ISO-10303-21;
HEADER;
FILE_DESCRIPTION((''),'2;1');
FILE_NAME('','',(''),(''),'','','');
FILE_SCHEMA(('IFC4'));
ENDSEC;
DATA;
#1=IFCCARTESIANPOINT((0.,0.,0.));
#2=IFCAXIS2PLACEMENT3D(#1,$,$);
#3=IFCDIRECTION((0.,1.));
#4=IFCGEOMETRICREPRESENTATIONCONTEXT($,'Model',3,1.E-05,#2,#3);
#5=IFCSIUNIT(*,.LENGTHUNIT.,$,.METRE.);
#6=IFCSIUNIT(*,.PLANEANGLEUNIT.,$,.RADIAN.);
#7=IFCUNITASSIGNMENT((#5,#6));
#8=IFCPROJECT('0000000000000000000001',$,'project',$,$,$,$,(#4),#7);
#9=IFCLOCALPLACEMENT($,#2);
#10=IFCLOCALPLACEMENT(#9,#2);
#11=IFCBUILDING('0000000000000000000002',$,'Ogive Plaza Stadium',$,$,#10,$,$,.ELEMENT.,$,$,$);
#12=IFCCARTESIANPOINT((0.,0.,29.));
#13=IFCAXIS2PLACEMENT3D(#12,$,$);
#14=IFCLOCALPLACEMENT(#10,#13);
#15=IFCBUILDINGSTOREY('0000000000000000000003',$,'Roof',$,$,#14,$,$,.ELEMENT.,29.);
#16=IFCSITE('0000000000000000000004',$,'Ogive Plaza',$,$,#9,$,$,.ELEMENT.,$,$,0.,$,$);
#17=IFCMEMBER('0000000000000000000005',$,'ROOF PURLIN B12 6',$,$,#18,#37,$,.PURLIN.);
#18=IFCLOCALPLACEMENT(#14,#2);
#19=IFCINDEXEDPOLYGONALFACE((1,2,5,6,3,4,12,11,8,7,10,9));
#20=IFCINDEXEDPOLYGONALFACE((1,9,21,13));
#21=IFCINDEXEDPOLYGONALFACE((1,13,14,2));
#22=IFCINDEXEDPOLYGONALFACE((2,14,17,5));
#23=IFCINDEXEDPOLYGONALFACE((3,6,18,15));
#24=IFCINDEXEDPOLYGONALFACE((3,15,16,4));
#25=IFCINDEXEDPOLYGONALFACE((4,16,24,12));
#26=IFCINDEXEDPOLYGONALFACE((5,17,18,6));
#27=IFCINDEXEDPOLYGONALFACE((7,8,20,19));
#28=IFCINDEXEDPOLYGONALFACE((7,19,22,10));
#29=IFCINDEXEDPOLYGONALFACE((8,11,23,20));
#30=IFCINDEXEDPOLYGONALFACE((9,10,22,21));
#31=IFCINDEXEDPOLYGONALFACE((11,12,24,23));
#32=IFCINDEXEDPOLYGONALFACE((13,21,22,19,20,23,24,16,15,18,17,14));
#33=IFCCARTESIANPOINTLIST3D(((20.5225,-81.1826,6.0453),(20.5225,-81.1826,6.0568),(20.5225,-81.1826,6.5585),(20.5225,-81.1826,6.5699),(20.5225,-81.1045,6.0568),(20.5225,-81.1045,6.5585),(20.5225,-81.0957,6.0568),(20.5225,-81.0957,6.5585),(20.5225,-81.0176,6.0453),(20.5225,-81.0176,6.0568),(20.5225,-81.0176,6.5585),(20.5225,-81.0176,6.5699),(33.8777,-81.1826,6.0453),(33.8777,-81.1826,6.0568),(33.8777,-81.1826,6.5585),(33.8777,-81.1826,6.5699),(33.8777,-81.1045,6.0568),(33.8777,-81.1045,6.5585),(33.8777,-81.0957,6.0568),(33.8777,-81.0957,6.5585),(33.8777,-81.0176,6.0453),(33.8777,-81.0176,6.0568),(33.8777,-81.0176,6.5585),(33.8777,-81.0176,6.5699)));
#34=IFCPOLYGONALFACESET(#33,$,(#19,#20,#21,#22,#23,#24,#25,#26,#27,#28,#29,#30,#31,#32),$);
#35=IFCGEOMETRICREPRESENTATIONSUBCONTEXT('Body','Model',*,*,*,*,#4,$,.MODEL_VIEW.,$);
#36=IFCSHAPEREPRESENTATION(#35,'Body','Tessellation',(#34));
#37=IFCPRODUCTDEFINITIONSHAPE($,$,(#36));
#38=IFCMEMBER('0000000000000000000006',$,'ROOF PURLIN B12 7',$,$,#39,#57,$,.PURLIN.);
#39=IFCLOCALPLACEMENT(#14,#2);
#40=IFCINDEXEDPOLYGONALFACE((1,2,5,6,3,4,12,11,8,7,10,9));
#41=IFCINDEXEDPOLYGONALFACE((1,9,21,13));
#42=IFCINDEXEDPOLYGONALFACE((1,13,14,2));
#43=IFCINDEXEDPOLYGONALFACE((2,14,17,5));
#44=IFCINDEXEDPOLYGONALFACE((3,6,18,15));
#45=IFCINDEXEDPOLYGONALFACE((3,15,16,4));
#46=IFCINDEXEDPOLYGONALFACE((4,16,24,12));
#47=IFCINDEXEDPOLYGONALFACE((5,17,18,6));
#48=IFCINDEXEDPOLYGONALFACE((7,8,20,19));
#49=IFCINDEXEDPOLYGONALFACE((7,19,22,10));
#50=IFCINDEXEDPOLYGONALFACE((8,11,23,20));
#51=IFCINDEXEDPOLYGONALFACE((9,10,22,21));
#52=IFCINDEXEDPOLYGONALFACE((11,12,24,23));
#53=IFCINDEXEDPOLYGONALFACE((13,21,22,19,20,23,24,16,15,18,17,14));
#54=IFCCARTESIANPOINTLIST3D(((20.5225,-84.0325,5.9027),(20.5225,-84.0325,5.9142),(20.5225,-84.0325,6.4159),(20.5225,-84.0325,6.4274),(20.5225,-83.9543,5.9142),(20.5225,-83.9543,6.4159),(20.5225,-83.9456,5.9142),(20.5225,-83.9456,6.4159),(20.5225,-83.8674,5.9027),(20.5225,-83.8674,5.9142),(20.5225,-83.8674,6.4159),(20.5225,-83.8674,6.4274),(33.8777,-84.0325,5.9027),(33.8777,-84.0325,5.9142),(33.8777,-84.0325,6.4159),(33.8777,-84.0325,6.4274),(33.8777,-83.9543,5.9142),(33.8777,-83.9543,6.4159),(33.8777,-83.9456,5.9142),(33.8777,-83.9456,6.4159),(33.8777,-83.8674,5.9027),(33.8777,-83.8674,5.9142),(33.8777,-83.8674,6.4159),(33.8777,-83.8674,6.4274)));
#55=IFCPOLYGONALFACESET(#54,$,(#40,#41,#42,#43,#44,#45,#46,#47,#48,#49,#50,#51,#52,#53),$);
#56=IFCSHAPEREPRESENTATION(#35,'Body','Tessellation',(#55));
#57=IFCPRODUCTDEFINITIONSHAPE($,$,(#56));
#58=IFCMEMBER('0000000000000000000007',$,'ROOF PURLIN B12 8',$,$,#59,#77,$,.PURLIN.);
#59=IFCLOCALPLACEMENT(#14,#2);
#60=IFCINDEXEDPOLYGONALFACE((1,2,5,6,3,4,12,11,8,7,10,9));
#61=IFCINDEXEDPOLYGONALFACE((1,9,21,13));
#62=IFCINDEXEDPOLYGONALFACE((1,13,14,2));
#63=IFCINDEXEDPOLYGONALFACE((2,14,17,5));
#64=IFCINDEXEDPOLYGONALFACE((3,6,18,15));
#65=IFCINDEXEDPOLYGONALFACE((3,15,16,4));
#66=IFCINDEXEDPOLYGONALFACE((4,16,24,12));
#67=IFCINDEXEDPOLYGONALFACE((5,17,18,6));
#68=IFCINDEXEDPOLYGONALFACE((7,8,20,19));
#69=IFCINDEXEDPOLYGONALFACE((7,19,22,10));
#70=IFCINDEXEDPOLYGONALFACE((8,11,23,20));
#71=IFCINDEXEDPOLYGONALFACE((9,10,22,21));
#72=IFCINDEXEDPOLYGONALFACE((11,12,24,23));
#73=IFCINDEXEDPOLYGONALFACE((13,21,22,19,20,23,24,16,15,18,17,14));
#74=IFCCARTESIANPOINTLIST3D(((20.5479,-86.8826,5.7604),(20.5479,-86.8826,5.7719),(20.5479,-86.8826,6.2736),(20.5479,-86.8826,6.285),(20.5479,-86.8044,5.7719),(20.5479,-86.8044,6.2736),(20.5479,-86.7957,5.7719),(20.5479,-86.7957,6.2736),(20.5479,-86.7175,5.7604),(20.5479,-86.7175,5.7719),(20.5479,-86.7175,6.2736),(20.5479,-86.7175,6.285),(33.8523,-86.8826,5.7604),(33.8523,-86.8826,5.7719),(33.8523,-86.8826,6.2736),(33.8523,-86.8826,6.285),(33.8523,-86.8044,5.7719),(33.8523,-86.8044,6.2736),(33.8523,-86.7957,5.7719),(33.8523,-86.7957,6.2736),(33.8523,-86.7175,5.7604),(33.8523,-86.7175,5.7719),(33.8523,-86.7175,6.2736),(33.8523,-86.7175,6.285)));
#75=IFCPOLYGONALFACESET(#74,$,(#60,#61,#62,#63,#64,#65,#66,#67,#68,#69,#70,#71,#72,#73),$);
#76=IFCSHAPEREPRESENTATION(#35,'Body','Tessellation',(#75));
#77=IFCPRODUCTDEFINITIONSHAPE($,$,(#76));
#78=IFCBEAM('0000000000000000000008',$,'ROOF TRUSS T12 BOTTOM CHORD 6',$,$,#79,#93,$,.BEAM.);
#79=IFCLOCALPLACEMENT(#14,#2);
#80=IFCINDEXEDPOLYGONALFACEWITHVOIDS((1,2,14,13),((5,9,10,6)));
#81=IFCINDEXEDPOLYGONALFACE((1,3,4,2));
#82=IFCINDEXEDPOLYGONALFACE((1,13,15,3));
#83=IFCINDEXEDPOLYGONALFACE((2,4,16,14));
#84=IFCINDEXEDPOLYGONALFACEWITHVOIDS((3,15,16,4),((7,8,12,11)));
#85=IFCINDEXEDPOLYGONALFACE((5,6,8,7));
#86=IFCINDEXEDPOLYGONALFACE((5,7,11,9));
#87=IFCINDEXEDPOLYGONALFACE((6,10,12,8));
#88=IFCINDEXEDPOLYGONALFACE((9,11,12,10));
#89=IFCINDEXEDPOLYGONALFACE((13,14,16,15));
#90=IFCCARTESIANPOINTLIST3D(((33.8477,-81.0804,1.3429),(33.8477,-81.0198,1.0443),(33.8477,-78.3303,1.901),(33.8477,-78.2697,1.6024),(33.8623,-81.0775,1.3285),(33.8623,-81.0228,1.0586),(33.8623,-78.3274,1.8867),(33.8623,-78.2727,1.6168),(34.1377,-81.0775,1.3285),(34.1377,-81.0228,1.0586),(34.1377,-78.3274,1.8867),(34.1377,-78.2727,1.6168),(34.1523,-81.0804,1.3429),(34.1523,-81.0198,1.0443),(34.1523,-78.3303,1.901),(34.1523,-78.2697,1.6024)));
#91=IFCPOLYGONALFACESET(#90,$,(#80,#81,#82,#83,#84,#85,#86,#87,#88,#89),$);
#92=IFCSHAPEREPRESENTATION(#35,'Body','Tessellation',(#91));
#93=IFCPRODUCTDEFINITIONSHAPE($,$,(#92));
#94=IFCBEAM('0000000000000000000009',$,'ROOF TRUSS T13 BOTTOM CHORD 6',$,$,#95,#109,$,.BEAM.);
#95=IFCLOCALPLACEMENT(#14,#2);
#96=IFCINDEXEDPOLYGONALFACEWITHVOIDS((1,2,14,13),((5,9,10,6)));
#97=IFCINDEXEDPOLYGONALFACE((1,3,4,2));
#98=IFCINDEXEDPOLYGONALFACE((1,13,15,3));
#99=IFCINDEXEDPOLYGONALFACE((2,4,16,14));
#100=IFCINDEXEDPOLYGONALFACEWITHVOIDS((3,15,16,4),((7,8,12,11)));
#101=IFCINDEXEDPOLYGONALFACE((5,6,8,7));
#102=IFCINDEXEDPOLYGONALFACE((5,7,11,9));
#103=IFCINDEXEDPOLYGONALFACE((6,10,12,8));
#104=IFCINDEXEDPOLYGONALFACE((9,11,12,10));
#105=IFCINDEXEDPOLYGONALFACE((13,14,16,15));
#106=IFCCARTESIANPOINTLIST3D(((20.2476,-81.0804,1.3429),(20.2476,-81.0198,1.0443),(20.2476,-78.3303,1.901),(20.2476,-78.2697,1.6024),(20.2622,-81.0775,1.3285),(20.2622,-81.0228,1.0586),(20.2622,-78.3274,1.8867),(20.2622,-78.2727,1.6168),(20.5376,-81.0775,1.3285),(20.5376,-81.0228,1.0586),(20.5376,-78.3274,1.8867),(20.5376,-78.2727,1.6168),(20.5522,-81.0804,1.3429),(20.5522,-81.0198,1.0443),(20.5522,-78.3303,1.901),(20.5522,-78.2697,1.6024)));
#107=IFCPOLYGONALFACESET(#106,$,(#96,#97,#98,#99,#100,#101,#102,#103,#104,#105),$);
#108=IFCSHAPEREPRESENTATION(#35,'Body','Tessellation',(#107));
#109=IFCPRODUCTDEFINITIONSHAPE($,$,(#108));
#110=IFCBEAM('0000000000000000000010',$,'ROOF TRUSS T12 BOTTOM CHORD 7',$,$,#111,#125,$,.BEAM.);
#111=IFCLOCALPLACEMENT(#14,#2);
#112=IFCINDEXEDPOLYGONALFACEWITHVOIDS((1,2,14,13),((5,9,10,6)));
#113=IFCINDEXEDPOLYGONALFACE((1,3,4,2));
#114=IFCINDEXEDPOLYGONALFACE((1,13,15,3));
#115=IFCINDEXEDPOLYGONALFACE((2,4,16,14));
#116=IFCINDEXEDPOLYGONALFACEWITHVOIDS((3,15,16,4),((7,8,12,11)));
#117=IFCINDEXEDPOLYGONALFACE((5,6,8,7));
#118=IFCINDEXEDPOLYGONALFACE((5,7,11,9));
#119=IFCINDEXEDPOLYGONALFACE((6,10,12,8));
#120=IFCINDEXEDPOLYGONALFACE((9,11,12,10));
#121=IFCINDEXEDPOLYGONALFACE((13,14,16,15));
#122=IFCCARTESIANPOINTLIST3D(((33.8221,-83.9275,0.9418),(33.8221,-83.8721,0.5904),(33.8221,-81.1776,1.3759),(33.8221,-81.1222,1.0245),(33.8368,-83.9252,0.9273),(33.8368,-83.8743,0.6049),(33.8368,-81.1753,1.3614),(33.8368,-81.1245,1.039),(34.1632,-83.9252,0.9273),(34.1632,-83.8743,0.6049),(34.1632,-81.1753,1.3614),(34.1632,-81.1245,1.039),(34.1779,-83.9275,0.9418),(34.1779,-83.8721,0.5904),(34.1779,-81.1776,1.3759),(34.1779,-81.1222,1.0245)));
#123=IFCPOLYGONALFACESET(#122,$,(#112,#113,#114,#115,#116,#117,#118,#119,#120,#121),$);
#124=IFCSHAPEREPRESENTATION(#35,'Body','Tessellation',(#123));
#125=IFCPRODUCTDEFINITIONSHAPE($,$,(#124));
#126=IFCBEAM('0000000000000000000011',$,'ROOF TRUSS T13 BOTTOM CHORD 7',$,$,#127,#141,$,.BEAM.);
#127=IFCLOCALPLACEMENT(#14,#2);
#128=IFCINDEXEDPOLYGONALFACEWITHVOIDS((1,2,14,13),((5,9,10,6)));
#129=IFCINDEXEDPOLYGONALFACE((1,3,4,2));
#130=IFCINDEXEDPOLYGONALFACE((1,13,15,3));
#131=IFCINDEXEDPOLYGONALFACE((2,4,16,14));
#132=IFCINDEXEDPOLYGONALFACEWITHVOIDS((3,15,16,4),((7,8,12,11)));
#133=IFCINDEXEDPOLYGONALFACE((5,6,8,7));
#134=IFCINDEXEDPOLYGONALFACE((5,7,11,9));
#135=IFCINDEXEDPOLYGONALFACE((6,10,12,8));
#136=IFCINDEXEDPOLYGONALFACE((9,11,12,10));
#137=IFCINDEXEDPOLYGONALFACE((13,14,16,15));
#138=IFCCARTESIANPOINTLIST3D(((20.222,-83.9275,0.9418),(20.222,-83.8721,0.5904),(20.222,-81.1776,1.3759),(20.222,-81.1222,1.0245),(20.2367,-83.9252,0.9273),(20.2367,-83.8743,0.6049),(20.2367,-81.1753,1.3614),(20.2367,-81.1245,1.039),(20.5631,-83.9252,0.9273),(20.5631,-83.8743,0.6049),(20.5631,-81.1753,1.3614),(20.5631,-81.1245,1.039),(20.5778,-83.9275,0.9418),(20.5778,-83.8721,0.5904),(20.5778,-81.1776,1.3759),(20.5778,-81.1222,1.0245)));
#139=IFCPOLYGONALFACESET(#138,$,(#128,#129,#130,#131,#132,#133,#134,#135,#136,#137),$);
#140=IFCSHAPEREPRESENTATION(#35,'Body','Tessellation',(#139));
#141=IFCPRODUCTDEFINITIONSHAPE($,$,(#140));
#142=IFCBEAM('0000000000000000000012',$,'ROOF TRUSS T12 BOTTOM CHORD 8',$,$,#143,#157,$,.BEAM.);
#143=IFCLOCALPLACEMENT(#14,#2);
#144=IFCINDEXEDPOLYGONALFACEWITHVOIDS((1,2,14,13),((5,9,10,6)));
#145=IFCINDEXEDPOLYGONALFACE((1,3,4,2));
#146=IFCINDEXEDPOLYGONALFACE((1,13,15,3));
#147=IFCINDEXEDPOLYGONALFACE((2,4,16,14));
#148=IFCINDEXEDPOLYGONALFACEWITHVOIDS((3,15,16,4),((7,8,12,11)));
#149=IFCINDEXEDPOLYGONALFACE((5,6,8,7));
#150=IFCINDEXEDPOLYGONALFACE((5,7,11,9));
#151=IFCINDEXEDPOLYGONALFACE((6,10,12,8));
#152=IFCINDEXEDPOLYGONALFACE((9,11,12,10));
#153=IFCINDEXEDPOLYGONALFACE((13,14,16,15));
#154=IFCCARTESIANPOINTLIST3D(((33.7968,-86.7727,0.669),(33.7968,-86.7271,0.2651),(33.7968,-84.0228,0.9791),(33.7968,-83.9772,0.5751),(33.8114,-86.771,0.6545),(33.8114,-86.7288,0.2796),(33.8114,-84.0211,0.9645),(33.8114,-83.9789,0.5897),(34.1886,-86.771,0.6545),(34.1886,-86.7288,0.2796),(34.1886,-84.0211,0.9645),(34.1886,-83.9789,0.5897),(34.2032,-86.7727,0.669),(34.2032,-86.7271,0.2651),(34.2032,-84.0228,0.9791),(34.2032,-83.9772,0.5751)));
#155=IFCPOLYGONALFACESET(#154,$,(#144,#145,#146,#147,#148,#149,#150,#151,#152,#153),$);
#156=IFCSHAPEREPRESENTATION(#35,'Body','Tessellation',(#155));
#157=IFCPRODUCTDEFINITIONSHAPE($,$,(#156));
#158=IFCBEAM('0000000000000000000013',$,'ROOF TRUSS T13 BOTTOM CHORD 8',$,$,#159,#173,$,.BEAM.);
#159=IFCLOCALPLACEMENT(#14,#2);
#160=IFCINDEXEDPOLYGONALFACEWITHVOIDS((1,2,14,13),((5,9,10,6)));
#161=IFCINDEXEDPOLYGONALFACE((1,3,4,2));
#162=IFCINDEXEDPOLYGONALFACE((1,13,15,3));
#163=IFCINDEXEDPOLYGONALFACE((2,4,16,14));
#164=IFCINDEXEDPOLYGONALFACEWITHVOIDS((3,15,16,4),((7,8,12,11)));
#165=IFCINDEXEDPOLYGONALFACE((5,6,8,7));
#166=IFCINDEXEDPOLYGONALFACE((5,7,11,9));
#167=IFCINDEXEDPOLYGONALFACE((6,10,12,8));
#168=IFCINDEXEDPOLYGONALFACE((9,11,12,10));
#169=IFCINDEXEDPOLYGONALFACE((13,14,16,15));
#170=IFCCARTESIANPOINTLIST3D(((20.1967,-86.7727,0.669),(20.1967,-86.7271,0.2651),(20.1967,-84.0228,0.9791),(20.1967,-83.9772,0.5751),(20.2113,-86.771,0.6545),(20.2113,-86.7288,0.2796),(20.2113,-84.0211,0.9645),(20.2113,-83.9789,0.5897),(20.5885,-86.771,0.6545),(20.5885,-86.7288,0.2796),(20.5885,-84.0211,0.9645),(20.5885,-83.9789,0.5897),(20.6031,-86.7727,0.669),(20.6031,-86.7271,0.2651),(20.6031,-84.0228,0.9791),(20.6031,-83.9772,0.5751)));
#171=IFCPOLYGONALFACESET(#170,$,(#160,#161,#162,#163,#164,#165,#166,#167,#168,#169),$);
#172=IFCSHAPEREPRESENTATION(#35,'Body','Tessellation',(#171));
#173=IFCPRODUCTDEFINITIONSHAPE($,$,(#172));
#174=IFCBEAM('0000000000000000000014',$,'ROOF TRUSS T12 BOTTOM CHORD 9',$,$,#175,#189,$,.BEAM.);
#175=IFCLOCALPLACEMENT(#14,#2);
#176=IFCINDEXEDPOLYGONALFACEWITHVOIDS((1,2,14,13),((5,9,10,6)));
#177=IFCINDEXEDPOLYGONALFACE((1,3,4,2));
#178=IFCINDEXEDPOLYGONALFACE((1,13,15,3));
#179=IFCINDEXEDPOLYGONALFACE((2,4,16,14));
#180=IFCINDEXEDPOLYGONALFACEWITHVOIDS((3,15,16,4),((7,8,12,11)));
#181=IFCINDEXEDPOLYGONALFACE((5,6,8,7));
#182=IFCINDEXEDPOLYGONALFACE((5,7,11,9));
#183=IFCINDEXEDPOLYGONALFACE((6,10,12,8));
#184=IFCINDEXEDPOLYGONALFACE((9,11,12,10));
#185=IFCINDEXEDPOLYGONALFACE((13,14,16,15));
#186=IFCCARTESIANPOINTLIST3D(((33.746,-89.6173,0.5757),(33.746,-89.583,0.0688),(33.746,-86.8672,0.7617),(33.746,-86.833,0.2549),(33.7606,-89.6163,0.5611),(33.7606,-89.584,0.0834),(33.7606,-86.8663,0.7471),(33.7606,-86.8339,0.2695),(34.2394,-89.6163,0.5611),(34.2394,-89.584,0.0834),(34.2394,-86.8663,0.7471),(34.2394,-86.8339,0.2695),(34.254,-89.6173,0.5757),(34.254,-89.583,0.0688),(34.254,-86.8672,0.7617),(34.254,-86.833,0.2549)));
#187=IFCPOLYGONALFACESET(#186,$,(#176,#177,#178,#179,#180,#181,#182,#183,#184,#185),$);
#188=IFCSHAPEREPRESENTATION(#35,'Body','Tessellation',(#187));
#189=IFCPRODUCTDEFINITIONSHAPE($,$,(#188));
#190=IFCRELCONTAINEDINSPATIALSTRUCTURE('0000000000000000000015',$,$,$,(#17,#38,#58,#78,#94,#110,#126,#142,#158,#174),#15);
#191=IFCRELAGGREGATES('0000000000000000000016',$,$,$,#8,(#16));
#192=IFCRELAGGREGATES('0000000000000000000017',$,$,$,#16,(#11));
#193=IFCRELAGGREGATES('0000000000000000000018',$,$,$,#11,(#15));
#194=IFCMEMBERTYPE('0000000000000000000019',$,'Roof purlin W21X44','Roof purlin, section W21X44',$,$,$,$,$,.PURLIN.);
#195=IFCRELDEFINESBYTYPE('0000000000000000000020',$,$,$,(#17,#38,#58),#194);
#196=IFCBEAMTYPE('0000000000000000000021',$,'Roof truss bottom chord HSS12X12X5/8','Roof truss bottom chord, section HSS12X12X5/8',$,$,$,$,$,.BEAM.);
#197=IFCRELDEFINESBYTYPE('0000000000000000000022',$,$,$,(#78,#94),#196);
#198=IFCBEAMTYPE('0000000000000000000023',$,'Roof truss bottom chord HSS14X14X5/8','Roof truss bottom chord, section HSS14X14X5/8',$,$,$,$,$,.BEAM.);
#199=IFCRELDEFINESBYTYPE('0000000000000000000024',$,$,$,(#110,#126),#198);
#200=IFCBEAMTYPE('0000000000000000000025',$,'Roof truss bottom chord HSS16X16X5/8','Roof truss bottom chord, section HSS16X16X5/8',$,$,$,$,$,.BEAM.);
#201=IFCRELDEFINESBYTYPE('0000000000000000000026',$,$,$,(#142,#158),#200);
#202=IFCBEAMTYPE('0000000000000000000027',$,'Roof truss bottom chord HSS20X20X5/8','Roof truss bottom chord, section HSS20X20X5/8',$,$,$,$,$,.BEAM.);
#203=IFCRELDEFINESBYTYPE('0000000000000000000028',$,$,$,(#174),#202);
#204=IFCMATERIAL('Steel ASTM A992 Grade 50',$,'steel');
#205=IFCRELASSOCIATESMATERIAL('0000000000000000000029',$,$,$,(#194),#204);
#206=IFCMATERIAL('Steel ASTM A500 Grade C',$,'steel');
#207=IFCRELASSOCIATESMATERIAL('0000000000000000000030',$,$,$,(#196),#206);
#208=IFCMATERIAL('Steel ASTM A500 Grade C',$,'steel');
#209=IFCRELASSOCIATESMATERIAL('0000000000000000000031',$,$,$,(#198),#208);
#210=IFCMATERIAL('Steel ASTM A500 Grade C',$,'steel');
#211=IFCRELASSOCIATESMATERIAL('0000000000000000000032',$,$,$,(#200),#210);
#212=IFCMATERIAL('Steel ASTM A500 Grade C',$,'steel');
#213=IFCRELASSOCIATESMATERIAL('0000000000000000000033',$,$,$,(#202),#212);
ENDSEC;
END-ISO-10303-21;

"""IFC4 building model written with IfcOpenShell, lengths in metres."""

from ifc_helpers import new_model, si_unit, direction, frame, origin, origin_2d, place, context, subcontext, project, spatial, hollow_rectangle, i_section, extrude, material, material_profile, profile_set, type_object, element, save


model = new_model("IFC4")

# Units and contexts
model_context = context("Model", 3, precision=1e-05, world=origin(), true_north=direction((0.0, 1.0)))
body_context = subcontext(model_context, "Body", "Model", "MODEL_VIEW")
ifc_project = project(units=[si_unit("LENGTHUNIT", "METRE"), si_unit("PLANEANGLEUNIT", "RADIAN")], contexts=[model_context])

# Site, building, storey
site_placement = place(None, origin())
site = spatial("IfcSite", under=ifc_project, at=site_placement, Name="Ogive Plaza", CompositionType="ELEMENT", RefElevation=0.0)
building_placement = place(site_placement, origin())
building = spatial("IfcBuilding", under=site, at=building_placement, Name="Ogive Plaza Stadium", CompositionType="ELEMENT")
storey_placement = place(building_placement, frame((0.0, 0.0, 29.0)))
storey = spatial("IfcBuildingStorey", under=building, at=storey_placement, Name="Roof", CompositionType="ELEMENT", Elevation=29.0)

# Members
ifc_material_1 = material(Name="Steel ASTM A992 Grade 50", Category="steel")
ifc_material_profile_1 = material_profile(ifc_material_1, i_section(OverallWidth=0.165, OverallDepth=0.5247, WebThickness=0.0088, FlangeThickness=0.0115, at=origin_2d()), Name="W21X44")
ifc_profile_set_1 = profile_set([ifc_material_profile_1], Name="Steel ASTM A992 Grade 50")
member_type_1 = type_object("IfcMemberType", Name="Roof purlin W21X44", Description="Roof purlin, section W21X44", PredefinedType="PURLIN", material=ifc_profile_set_1)
for number, where, z_axis, x_axis, name in (
    (1, (33.8777, -81.1001, 6.3076), (-1.0, 0.0, 0.0), (0.0, -1.0, 0.0), "ROOF PURLIN B12 6"),
    (2, (33.8777, -83.95, 6.165), (-1.0, 0.0, 0.0), (0.0, -1.0, 0.0), "ROOF PURLIN B12 7"),
):
    element("IfcMember", number, at=place(storey_placement, frame(where, z_axis=z_axis, x_axis=x_axis)), inside=storey, type_object=member_type_1, Name=name, PredefinedType="PURLIN", context=body_context, shape_type="SweptSolid", body=[
        extrude(i_section(OverallWidth=0.165, OverallDepth=0.5247, WebThickness=0.0088, FlangeThickness=0.0115, at=origin_2d()), origin(), (0.0, 0.0, 1.0), 13.3552),
    ])
member_1_placement = place(storey_placement, frame((33.8523, -86.8, 6.0227), z_axis=(-1.0, 0.0, 0.0), x_axis=(0.0, -1.0, 0.0)))
element("IfcMember", 3, at=member_1_placement, inside=storey, type_object=member_type_1, Name="ROOF PURLIN B12 8", PredefinedType="PURLIN", context=body_context, shape_type="SweptSolid", body=[
    extrude(i_section(OverallWidth=0.165, OverallDepth=0.5247, WebThickness=0.0088, FlangeThickness=0.0115, at=origin_2d()), origin(), (0.0, 0.0, 1.0), 13.3044),
])

# Beams
ifc_material_2 = material(Name="Steel ASTM A500 Grade C", Category="steel")
ifc_material_profile_2 = material_profile(ifc_material_2, hollow_rectangle(XDim=0.3047, YDim=0.3047, WallThickness=0.0146, at=origin_2d()), Name="HSS12X12X5/8")
ifc_profile_set_2 = profile_set([ifc_material_profile_2], Name="Steel ASTM A500 Grade C")
beam_type_1 = type_object("IfcBeamType", Name="Roof truss bottom chord HSS12X12X5/8", Description="Roof truss bottom chord, section HSS12X12X5/8", PredefinedType="BEAM", material=ifc_profile_set_2)
for number, where, z_axis, x_axis, name in (
    (4, (34.0, -78.3, 1.7517), (0.0, -0.980021, -0.198893), (1.0, 0.0, 0.0), "ROOF TRUSS T12 BOTTOM CHORD 6"),
    (5, (20.3999, -78.3, 1.7517), (0.0, -0.980021, -0.198893), (1.0, 0.0, 0.0), "ROOF TRUSS T13 BOTTOM CHORD 6"),
):
    element("IfcBeam", number, at=place(storey_placement, frame(where, z_axis=z_axis, x_axis=x_axis)), inside=storey, type_object=beam_type_1, Name=name, PredefinedType="BEAM", context=body_context, shape_type="SweptSolid", body=[
        extrude(hollow_rectangle(XDim=0.3047, YDim=0.3047, WallThickness=0.0146, at=origin_2d()), origin(), (0.0, 0.0, 1.0), 2.8062),
    ])
ifc_material_3 = material(Name="Steel ASTM A500 Grade C", Category="steel")
ifc_material_profile_3 = material_profile(ifc_material_3, hollow_rectangle(XDim=0.3557, YDim=0.3557, WallThickness=0.0146, at=origin_2d()), Name="HSS14X14X5/8")
ifc_profile_set_3 = profile_set([ifc_material_profile_3], Name="Steel ASTM A500 Grade C")
beam_type_2 = type_object("IfcBeamType", Name="Roof truss bottom chord HSS14X14X5/8", Description="Roof truss bottom chord, section HSS14X14X5/8", PredefinedType="BEAM", material=ifc_profile_set_3)
for number, where, z_axis, x_axis, name in (
    (6, (34.0, -81.1499, 1.2002), (0.0, -0.98777, -0.155918), (1.0, 0.0, 0.0), "ROOF TRUSS T12 BOTTOM CHORD 7"),
    (7, (20.3999, -81.1499, 1.2002), (0.0, -0.98777, -0.155918), (1.0, 0.0, 0.0), "ROOF TRUSS T13 BOTTOM CHORD 7"),
):
    element("IfcBeam", number, at=place(storey_placement, frame(where, z_axis=z_axis, x_axis=x_axis)), inside=storey, type_object=beam_type_2, Name=name, PredefinedType="BEAM", context=body_context, shape_type="SweptSolid", body=[
        extrude(hollow_rectangle(XDim=0.3557, YDim=0.3557, WallThickness=0.0146, at=origin_2d()), origin(), (0.0, 0.0, 1.0), 2.7839),
    ])
ifc_material_4 = material(Name="Steel ASTM A500 Grade C", Category="steel")
ifc_material_profile_4 = material_profile(ifc_material_4, hollow_rectangle(XDim=0.4065, YDim=0.4065, WallThickness=0.0146, at=origin_2d()), Name="HSS16X16X5/8")
ifc_profile_set_4 = profile_set([ifc_material_profile_4], Name="Steel ASTM A500 Grade C")
beam_type_3 = type_object("IfcBeamType", Name="Roof truss bottom chord HSS16X16X5/8", Description="Roof truss bottom chord, section HSS16X16X5/8", PredefinedType="BEAM", material=ifc_profile_set_4)
for number, where, z_axis, x_axis, name in (
    (8, (34.0, -84.0, 0.7771), (0.0, -0.993704, -0.112039), (1.0, 0.0, 0.0), "ROOF TRUSS T12 BOTTOM CHORD 8"),
    (9, (20.3999, -84.0, 0.7771), (0.0, -0.993704, -0.112039), (1.0, 0.0, 0.0), "ROOF TRUSS T13 BOTTOM CHORD 8"),
):
    element("IfcBeam", number, at=place(storey_placement, frame(where, z_axis=z_axis, x_axis=x_axis)), inside=storey, type_object=beam_type_3, Name=name, PredefinedType="BEAM", context=body_context, shape_type="SweptSolid", body=[
        extrude(hollow_rectangle(XDim=0.4065, YDim=0.4065, WallThickness=0.0146, at=origin_2d()), origin(), (0.0, 0.0, 1.0), 2.7673),
    ])
ifc_material_5 = material(Name="Steel ASTM A500 Grade C", Category="steel")
ifc_material_profile_5 = material_profile(ifc_material_5, hollow_rectangle(XDim=0.5081, YDim=0.5081, WallThickness=0.0146, at=origin_2d()), Name="HSS20X20X5/8")
ifc_profile_set_5 = profile_set([ifc_material_profile_5], Name="Steel ASTM A500 Grade C")
beam_type_4 = type_object("IfcBeamType", Name="Roof truss bottom chord HSS20X20X5/8", Description="Roof truss bottom chord, section HSS20X20X5/8", PredefinedType="BEAM", material=ifc_profile_set_5)
beam_1_placement = place(storey_placement, frame((34.0, -86.8501, 0.5083), z_axis=(0.0, -0.99772, -0.067495), x_axis=(1.0, 0.0, 0.0)))
element("IfcBeam", 10, at=beam_1_placement, inside=storey, type_object=beam_type_4, Name="ROOF TRUSS T12 BOTTOM CHORD 9", PredefinedType="BEAM", context=body_context, shape_type="SweptSolid", body=[
    extrude(hollow_rectangle(XDim=0.5081, YDim=0.5081, WallThickness=0.0146, at=origin_2d()), origin(), (0.0, 0.0, 1.0), 2.7563),
])

save(model, "model.ifc")
